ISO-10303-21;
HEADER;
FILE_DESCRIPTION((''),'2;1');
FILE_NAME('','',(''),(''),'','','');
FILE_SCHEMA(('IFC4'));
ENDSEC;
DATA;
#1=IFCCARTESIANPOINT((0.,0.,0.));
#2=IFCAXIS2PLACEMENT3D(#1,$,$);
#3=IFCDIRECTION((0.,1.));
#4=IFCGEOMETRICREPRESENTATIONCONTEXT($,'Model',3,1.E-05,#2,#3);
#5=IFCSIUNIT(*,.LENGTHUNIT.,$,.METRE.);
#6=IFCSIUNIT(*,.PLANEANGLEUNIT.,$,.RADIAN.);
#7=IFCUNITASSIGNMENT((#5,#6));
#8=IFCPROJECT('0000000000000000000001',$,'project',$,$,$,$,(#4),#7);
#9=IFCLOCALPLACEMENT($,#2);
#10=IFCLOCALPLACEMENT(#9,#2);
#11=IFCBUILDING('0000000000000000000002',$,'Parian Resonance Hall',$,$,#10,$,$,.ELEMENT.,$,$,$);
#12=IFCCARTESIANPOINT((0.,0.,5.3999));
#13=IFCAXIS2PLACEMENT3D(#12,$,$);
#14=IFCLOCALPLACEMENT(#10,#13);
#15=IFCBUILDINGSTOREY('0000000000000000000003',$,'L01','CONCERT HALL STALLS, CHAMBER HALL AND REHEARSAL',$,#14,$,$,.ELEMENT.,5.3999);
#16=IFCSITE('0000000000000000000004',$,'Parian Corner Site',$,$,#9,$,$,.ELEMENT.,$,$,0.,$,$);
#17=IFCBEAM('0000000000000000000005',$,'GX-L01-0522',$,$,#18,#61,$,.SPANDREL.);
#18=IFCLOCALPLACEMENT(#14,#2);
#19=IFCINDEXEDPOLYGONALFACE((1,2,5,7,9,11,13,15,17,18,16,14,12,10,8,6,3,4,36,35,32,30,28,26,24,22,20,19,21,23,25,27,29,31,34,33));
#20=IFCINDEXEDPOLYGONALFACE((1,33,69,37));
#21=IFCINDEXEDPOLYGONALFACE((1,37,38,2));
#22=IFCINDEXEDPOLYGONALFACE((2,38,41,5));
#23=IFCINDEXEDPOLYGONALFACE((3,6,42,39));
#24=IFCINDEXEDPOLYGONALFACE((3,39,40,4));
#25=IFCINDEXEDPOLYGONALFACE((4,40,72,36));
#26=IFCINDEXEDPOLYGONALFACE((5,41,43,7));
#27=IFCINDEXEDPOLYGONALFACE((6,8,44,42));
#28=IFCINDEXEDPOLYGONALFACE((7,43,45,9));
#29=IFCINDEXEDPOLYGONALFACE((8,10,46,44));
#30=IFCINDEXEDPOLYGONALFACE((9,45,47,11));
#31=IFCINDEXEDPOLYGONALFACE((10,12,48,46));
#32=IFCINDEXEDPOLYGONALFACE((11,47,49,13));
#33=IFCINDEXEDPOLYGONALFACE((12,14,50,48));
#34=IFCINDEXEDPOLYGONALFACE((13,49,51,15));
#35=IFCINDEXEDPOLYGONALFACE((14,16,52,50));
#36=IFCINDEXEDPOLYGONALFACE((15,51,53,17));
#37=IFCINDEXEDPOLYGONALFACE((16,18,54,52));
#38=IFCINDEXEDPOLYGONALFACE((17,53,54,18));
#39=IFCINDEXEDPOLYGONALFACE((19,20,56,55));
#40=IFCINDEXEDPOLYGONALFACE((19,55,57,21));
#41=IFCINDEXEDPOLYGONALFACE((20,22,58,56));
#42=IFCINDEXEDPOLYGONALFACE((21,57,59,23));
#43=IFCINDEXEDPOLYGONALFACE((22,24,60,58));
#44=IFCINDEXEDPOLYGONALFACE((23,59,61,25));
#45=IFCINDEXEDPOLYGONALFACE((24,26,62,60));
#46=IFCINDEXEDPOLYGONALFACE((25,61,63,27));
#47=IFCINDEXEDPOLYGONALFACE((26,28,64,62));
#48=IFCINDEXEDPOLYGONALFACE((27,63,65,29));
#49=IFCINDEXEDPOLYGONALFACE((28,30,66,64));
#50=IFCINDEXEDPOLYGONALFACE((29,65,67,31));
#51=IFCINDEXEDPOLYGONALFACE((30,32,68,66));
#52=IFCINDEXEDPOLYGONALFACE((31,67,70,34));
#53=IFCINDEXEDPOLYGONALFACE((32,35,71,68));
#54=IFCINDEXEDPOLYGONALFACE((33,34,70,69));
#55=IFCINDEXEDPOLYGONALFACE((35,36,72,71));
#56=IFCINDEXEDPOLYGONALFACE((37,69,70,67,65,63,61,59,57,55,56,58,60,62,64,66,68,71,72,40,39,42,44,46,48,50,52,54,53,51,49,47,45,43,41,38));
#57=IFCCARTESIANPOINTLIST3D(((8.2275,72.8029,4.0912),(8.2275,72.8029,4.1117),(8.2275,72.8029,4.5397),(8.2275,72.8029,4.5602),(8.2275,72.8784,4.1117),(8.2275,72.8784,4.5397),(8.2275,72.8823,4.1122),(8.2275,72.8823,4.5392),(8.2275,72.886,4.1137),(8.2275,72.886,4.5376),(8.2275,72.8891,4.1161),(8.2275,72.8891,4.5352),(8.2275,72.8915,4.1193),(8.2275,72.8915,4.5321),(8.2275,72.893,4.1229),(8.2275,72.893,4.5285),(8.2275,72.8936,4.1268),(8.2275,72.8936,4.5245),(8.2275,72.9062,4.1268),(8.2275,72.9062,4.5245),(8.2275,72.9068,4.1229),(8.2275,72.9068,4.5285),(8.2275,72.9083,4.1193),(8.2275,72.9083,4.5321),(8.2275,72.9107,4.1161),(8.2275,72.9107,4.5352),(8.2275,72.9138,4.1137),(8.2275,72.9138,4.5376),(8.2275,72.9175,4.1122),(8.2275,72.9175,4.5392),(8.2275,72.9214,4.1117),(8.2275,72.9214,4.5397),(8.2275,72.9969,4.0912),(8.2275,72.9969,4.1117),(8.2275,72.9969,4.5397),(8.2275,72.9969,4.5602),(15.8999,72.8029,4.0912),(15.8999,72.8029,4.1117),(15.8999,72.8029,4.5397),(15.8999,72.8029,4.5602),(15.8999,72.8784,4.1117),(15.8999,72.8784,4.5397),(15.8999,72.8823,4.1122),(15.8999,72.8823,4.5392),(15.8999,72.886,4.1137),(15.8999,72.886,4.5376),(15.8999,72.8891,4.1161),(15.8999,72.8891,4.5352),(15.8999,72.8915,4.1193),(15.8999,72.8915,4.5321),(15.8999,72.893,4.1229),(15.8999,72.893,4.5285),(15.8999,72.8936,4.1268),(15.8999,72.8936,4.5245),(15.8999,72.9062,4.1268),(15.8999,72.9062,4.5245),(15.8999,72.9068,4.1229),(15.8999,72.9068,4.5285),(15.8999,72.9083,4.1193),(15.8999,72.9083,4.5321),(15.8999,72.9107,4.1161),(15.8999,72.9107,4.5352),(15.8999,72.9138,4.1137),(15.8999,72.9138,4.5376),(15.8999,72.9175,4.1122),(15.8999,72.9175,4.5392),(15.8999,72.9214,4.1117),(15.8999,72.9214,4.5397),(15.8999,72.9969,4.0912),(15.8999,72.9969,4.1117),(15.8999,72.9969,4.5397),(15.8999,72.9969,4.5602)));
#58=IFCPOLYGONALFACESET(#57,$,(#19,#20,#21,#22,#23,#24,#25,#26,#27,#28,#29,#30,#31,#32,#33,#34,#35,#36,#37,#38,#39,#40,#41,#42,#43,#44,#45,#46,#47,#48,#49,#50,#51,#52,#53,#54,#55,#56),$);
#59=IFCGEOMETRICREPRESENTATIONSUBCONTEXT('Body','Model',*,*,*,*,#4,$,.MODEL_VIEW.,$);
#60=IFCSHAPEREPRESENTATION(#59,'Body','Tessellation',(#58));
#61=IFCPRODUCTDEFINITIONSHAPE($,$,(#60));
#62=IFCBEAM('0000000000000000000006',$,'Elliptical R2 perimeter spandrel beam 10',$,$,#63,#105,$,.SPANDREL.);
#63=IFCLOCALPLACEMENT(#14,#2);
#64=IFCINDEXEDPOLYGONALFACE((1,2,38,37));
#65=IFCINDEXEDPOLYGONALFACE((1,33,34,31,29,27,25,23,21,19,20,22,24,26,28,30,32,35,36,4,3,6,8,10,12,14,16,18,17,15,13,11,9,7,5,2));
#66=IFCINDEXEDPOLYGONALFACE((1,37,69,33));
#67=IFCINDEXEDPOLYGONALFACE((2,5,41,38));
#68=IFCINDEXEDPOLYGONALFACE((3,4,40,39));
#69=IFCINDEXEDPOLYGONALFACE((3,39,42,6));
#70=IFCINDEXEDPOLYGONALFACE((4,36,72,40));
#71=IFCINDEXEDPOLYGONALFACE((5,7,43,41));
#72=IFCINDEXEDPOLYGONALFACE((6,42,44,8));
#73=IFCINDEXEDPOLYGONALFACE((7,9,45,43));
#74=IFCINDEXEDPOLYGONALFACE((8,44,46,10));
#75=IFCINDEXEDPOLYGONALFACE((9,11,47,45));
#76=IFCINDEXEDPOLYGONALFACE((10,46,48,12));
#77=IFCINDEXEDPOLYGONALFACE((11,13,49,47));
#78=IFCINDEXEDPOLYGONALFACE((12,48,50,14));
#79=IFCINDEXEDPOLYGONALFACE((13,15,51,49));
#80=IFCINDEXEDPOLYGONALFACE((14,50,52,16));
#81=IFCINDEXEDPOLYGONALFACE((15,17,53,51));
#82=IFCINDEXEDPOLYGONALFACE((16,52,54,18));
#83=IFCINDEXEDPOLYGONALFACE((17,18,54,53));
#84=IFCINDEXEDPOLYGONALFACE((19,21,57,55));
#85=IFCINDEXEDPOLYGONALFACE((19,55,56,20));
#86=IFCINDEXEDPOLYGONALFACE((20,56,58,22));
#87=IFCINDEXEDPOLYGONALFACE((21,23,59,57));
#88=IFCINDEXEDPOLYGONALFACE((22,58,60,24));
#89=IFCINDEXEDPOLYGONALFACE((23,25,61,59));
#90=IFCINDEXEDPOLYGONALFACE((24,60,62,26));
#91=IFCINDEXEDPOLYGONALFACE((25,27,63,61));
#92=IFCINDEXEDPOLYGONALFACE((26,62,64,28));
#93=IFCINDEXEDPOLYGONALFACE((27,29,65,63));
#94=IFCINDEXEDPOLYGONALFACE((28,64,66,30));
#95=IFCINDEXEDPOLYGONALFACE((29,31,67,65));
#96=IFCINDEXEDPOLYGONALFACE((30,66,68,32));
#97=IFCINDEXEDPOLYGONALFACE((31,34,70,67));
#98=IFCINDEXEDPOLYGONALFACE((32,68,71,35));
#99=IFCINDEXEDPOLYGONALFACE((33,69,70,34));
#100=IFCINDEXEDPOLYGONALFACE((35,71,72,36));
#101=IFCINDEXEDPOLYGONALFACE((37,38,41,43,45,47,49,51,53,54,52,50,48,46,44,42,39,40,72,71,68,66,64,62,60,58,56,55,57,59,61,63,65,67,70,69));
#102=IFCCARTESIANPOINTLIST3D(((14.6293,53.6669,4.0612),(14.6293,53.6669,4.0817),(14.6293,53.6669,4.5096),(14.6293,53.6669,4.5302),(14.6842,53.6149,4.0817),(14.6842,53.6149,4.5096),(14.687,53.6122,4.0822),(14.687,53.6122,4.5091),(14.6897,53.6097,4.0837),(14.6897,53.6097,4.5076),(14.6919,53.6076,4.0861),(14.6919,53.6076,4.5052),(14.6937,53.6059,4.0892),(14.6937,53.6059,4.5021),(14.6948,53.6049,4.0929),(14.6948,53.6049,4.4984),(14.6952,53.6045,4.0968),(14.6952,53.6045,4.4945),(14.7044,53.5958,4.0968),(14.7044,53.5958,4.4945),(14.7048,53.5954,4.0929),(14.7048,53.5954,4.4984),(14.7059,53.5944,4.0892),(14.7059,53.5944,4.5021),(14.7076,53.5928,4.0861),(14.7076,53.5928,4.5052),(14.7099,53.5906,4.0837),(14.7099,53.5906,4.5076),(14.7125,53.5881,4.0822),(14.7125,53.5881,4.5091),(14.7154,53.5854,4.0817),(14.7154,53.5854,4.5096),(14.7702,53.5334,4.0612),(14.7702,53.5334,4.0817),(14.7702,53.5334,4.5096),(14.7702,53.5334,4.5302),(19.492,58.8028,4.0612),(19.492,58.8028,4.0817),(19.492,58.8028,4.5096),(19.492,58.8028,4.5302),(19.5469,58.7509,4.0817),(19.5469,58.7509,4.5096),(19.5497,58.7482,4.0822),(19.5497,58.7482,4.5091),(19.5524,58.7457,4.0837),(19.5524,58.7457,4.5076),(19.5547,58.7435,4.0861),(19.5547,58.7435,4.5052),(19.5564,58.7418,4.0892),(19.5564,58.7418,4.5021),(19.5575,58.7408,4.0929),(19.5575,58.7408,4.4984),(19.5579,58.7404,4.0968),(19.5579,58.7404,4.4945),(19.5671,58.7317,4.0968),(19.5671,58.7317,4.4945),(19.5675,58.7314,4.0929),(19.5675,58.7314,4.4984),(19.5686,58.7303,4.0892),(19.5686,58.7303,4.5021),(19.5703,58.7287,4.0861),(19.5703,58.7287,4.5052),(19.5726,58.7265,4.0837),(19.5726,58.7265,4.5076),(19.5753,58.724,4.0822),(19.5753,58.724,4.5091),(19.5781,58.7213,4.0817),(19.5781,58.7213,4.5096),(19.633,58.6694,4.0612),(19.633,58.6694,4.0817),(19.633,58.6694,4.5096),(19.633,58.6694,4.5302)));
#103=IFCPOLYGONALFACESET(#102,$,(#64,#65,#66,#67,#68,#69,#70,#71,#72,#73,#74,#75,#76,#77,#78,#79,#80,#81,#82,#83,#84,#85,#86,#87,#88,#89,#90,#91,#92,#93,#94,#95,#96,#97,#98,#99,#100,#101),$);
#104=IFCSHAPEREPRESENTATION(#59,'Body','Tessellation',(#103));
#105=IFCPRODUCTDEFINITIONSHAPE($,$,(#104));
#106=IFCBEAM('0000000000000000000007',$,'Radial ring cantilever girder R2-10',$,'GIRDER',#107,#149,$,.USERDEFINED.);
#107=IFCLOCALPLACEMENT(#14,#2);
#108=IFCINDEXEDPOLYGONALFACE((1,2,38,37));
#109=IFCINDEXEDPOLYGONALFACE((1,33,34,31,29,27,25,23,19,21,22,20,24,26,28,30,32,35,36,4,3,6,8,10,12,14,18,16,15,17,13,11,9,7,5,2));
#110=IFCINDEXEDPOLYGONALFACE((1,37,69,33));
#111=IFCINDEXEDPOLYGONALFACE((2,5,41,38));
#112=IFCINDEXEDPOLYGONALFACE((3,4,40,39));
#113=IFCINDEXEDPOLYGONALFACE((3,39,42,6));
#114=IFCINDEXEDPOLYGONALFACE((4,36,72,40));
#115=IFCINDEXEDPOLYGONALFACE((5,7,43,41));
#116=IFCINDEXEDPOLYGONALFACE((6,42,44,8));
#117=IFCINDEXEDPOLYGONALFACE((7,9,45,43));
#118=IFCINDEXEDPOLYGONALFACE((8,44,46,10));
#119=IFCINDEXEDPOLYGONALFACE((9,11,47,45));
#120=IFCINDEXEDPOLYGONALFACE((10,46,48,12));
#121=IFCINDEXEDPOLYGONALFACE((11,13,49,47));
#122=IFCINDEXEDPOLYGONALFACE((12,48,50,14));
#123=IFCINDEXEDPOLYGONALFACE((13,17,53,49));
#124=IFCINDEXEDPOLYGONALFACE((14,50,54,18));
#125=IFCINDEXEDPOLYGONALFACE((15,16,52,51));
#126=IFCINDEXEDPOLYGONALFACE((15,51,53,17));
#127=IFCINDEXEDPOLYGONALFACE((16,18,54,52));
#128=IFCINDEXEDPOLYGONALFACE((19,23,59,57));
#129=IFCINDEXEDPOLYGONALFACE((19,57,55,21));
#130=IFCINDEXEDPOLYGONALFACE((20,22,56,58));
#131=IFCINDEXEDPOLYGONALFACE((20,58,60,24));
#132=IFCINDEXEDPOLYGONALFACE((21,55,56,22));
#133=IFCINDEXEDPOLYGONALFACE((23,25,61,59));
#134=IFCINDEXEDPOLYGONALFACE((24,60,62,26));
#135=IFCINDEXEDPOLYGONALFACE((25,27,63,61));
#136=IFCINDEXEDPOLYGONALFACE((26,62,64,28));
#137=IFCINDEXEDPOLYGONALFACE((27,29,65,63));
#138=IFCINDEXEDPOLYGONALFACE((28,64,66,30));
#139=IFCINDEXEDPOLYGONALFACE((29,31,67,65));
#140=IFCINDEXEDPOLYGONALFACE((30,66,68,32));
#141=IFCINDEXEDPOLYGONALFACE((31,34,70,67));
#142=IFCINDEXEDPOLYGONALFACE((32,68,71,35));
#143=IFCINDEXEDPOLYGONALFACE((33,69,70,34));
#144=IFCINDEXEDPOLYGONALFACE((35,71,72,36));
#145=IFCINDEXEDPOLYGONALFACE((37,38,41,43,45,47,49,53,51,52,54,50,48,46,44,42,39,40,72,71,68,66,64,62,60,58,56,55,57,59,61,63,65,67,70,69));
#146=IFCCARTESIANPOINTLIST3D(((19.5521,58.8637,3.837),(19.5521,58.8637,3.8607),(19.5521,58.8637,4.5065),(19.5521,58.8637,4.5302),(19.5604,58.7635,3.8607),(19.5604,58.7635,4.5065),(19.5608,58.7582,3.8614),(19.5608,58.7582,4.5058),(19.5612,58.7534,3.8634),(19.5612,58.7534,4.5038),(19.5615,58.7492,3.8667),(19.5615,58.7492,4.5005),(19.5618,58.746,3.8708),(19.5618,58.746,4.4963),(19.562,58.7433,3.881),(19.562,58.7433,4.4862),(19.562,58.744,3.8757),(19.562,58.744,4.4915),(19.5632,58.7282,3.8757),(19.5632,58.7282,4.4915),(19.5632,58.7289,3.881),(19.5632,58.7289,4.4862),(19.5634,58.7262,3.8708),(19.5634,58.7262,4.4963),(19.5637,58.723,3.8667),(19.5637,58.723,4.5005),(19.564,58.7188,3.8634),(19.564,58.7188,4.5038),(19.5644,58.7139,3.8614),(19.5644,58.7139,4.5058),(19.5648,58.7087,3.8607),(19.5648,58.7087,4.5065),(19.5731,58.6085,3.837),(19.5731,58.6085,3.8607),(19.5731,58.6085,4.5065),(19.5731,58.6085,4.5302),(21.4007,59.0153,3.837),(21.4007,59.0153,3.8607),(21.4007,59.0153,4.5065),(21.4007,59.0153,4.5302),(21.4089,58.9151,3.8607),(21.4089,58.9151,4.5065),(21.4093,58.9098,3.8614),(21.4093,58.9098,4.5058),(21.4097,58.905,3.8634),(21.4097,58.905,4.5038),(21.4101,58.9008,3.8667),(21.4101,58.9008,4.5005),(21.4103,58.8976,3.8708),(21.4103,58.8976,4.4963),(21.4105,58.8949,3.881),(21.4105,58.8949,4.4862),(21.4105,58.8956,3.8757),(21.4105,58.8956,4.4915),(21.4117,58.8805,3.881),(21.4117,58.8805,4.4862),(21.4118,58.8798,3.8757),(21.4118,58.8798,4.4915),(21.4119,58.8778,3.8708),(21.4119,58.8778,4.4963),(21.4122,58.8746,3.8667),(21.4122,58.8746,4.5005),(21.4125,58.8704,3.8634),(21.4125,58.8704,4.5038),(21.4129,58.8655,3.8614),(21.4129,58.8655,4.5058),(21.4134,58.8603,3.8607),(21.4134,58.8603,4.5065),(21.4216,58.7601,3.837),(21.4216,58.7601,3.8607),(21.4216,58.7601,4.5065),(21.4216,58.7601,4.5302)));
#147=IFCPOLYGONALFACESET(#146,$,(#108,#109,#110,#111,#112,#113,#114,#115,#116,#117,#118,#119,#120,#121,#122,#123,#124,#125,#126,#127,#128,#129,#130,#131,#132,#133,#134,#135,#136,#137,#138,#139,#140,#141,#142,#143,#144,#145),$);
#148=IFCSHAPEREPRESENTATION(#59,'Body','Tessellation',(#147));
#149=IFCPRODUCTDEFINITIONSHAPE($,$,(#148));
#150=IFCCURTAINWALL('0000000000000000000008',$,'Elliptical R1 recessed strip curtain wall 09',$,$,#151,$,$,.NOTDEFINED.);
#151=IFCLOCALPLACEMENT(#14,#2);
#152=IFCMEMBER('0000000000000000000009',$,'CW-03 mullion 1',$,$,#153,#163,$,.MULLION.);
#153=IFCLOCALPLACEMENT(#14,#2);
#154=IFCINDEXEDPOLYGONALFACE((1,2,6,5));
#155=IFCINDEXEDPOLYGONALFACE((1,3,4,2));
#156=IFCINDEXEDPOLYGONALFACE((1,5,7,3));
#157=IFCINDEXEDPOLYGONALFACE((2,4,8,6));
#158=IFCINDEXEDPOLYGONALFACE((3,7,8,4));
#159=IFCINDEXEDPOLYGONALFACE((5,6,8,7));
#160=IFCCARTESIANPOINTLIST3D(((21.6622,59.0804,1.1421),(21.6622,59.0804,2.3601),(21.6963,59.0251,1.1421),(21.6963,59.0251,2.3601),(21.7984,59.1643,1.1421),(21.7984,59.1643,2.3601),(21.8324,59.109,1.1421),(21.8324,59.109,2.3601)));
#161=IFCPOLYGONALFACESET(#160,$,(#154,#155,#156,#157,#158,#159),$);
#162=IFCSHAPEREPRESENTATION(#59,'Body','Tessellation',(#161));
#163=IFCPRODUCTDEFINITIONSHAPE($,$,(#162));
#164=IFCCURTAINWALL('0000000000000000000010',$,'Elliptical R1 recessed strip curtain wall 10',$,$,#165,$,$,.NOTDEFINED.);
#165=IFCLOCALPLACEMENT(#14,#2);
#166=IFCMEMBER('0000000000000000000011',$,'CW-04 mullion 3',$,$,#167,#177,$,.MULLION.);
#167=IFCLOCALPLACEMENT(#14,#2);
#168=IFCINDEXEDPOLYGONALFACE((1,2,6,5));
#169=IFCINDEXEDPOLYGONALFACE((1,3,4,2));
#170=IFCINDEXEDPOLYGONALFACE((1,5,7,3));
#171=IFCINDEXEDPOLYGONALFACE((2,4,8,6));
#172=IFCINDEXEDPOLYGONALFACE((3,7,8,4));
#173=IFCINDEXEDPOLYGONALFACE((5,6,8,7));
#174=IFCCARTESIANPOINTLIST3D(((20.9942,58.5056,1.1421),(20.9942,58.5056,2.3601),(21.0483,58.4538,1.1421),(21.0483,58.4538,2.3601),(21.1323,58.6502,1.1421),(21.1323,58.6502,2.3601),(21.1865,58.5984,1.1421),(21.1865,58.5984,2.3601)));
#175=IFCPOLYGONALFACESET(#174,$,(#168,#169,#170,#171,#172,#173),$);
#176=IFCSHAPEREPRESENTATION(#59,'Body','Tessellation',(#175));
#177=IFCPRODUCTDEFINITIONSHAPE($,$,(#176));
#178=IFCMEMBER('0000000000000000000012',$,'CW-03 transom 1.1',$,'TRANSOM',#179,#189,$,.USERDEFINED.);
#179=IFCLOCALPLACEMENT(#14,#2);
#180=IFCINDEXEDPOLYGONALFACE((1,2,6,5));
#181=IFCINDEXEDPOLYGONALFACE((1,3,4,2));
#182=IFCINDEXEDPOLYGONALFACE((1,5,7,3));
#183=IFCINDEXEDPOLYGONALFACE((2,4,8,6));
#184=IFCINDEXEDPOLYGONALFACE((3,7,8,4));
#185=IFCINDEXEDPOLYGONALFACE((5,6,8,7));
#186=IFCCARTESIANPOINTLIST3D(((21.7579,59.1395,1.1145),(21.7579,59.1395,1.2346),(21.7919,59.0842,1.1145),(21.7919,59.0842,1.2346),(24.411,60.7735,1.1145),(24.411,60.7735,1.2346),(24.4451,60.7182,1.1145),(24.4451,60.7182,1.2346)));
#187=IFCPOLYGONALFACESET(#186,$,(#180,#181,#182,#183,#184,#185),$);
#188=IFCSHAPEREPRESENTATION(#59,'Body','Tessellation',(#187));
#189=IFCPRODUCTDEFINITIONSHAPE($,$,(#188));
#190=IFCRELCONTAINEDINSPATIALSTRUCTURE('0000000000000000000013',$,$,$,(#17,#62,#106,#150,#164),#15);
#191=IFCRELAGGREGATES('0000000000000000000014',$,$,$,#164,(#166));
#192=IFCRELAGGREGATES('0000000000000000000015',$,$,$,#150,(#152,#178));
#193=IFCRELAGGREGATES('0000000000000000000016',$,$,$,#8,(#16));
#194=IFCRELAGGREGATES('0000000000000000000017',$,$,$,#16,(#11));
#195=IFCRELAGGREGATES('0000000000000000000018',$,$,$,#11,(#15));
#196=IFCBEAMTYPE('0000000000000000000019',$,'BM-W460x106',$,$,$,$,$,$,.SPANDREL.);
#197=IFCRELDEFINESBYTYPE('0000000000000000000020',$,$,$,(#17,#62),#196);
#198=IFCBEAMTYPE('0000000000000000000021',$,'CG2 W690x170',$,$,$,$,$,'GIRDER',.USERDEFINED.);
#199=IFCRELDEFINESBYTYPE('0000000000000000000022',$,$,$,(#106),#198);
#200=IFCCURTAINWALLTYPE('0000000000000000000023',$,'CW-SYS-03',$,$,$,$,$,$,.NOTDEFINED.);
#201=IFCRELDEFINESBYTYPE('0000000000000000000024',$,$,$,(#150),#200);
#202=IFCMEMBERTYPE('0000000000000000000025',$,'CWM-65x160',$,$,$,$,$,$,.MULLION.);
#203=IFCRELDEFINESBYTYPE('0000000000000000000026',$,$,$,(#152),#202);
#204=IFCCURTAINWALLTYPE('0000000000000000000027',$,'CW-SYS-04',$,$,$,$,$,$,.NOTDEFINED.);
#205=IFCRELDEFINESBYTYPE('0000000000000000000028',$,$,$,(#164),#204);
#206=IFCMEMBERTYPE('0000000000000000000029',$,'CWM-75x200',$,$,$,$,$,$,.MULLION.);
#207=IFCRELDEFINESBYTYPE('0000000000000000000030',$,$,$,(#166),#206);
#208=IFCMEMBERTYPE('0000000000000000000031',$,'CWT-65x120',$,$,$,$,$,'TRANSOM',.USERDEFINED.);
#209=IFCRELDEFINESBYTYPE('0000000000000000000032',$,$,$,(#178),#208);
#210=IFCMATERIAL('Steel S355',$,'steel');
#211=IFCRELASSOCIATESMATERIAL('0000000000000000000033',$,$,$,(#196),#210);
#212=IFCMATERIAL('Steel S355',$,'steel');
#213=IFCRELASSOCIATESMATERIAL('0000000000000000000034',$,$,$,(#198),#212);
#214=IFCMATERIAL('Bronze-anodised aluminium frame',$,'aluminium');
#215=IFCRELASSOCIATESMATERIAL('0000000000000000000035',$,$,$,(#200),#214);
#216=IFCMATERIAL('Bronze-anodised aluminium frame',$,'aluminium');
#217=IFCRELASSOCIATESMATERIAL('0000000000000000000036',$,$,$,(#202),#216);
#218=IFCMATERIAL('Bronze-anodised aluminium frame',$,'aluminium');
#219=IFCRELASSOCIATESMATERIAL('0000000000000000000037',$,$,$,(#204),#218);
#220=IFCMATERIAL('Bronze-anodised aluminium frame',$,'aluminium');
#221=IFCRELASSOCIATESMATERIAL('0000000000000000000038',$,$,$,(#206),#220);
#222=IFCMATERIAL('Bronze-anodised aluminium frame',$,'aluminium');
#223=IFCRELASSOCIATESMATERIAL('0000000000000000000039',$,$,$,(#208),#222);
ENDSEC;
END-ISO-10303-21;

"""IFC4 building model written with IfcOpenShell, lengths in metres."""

from ifc_helpers import new_model, si_unit, direction, frame, origin, origin_2d, place, context, subcontext, project, spatial, rectangle, i_section, extrude, material, material_profile, profile_set, type_object, element, aggregate, save


model = new_model("IFC4")

# Units and contexts
model_context = context("Model", 3, precision=1e-05, world=origin(), true_north=direction((0.0, 1.0)))
body_context = subcontext(model_context, "Body", "Model", "MODEL_VIEW")
ifc_project = project(units=[si_unit("LENGTHUNIT", "METRE"), si_unit("PLANEANGLEUNIT", "RADIAN")], contexts=[model_context])

# Site, building, storey
site_placement = place(None, origin())
site = spatial("IfcSite", under=ifc_project, at=site_placement, Name="Parian Corner Site", CompositionType="ELEMENT", RefElevation=0.0)
building_placement = place(site_placement, origin())
building = spatial("IfcBuilding", under=site, at=building_placement, Name="Parian Resonance Hall", CompositionType="ELEMENT")
storey_placement = place(building_placement, frame((0.0, 0.0, 5.3999)))
storey = spatial("IfcBuildingStorey", under=building, at=storey_placement, Name="L01", Description="CONCERT HALL STALLS, CHAMBER HALL AND REHEARSAL", CompositionType="ELEMENT", Elevation=5.3999)

# Beams
ifc_material_1 = material(Name="Steel S355", Category="steel")
ifc_material_profile_1 = material_profile(ifc_material_1, i_section(OverallWidth=0.1941, OverallDepth=0.469, WebThickness=0.0127, FlangeThickness=0.0205, FilletRadius=0.0151, at=origin_2d()), Name="W460x106")
ifc_profile_set_1 = profile_set([ifc_material_profile_1], Name="Steel S355")
beam_type_1 = type_object("IfcBeamType", Name="BM-W460x106", PredefinedType="SPANDREL", material=ifc_profile_set_1)
beam_1_placement = place(storey_placement, frame((8.2275, 72.8999, 4.3257), z_axis=(1.0, 0.0, 0.0), x_axis=(0.0, 1.0, 0.0)))
element("IfcBeam", 1, at=beam_1_placement, inside=storey, type_object=beam_type_1, Name="GX-L01-0522", PredefinedType="SPANDREL", context=body_context, shape_type="SweptSolid", body=[
    extrude(i_section(OverallWidth=0.1941, OverallDepth=0.469, WebThickness=0.0127, FlangeThickness=0.0205, FilletRadius=0.0151, at=origin_2d()), origin(), (0.0, 0.0, 1.0), 7.6724),
])
beam_2_placement = place(storey_placement, frame((19.5625, 58.7361, 4.2957), z_axis=(-0.68753, -0.726156, 0.0), x_axis=(0.726156, -0.68753, 0.0)))
element("IfcBeam", 2, at=beam_2_placement, inside=storey, type_object=beam_type_1, Name="Elliptical R2 perimeter spandrel beam 10", PredefinedType="SPANDREL", context=body_context, shape_type="SweptSolid", body=[
    extrude(i_section(OverallWidth=0.1941, OverallDepth=0.469, WebThickness=0.0127, FlangeThickness=0.0205, FilletRadius=0.0151, at=origin_2d()), origin(), (0.0, 0.0, 1.0), 7.0728),
])
ifc_material_2 = material(Name="Steel S355", Category="steel")
ifc_material_profile_2 = material_profile(ifc_material_2, i_section(OverallWidth=0.2561, OverallDepth=0.6931, WebThickness=0.0144, FlangeThickness=0.0237, FilletRadius=0.0203, at=origin_2d()), Name="W690x170")
ifc_profile_set_2 = profile_set([ifc_material_profile_2], Name="Steel S355")
beam_type_2 = type_object("IfcBeamType", Name="CG2 W690x170", ElementType="GIRDER", PredefinedType="USERDEFINED", material=ifc_profile_set_2)
beam_3_placement = place(storey_placement, frame((21.4111, 58.8877, 4.1836), z_axis=(-0.996654, -0.081738, 0.0), x_axis=(0.081738, -0.996654, 0.0)))
element("IfcBeam", 3, at=beam_3_placement, inside=storey, type_object=beam_type_2, Name="Radial ring cantilever girder R2-10", ObjectType="GIRDER", PredefinedType="USERDEFINED", context=body_context, shape_type="SweptSolid", body=[
    extrude(i_section(OverallWidth=0.2561, OverallDepth=0.6931, WebThickness=0.0144, FlangeThickness=0.0237, FilletRadius=0.0203, at=origin_2d()), origin(), (0.0, 0.0, 1.0), 1.8547),
])

# Curtain walls, members
ifc_material_3 = material(Name="Bronze-anodised aluminium frame", Category="aluminium")
curtain_wall_type_1 = type_object("IfcCurtainWallType", Name="CW-SYS-03", PredefinedType="NOTDEFINED", material=ifc_material_3)
curtain_wall_1_placement = place(storey_placement, origin())
curtain_wall_1 = element("IfcCurtainWall", 4, at=curtain_wall_1_placement, inside=storey, type_object=curtain_wall_type_1, Name="Elliptical R1 recessed strip curtain wall 09", PredefinedType="NOTDEFINED")
ifc_material_4 = material(Name="Bronze-anodised aluminium frame", Category="aluminium")
ifc_material_profile_3 = material_profile(ifc_material_4, rectangle(XDim=0.0649, YDim=0.1599, at=origin_2d()), Name="CWM-65x160")
ifc_profile_set_3 = profile_set([ifc_material_profile_3], Name="Bronze-anodised aluminium frame")
member_type_1 = type_object("IfcMemberType", Name="CWM-65x160", PredefinedType="MULLION", material=ifc_profile_set_3)
member_1_placement = place(storey_placement, frame((21.7473, 59.0947, 1.1421), z_axis=(0.0, 0.0, 1.0), x_axis=(-0.524456, 0.851438, 0.0)))
member_1 = element("IfcMember", 5, at=member_1_placement, type_object=member_type_1, Name="CW-03 mullion 1", PredefinedType="MULLION", context=body_context, shape_type="SweptSolid", body=[
    extrude(rectangle(XDim=0.0649, YDim=0.1599, at=origin_2d()), origin(), (0.0, 0.0, 1.0), 1.218),
])
ifc_material_5 = material(Name="Bronze-anodised aluminium frame", Category="aluminium")
curtain_wall_type_2 = type_object("IfcCurtainWallType", Name="CW-SYS-04", PredefinedType="NOTDEFINED", material=ifc_material_5)
curtain_wall_2_placement = place(storey_placement, origin())
curtain_wall_2 = element("IfcCurtainWall", 6, at=curtain_wall_2_placement, inside=storey, type_object=curtain_wall_type_2, Name="Elliptical R1 recessed strip curtain wall 10", PredefinedType="NOTDEFINED")
ifc_material_6 = material(Name="Bronze-anodised aluminium frame", Category="aluminium")
ifc_material_profile_4 = material_profile(ifc_material_6, rectangle(XDim=0.075, YDim=0.2, at=origin_2d()), Name="CWM-75x200")
ifc_profile_set_4 = profile_set([ifc_material_profile_4], Name="Bronze-anodised aluminium frame")
member_type_2 = type_object("IfcMemberType", Name="CWM-75x200", PredefinedType="MULLION", material=ifc_profile_set_4)
member_2_placement = place(storey_placement, frame((21.0903, 58.552, 1.1421), z_axis=(0.0, 0.0, 1.0), x_axis=(-0.722863, 0.690991, 0.0)))
member_2 = element("IfcMember", 7, at=member_2_placement, type_object=member_type_2, Name="CW-04 mullion 3", PredefinedType="MULLION", context=body_context, shape_type="SweptSolid", body=[
    extrude(rectangle(XDim=0.075, YDim=0.2, at=origin_2d()), origin(), (0.0, 0.0, 1.0), 1.218),
])
aggregate(curtain_wall_2, [member_2])

# Member
ifc_material_7 = material(Name="Bronze-anodised aluminium frame", Category="aluminium")
ifc_material_profile_5 = material_profile(ifc_material_7, rectangle(XDim=0.0649, YDim=0.1201, at=origin_2d()), Name="CWT-65x120")
ifc_profile_set_5 = profile_set([ifc_material_profile_5], Name="Bronze-anodised aluminium frame")
member_type_3 = type_object("IfcMemberType", Name="CWT-65x120", ElementType="TRANSOM", PredefinedType="USERDEFINED", material=ifc_profile_set_5)
member_3_placement = place(storey_placement, frame((21.7749, 59.1118, 1.1746), z_axis=(0.851462, 0.524417, 0.0), x_axis=(-0.524417, 0.851462, 0.0)))
member_3 = element("IfcMember", 8, at=member_3_placement, type_object=member_type_3, Name="CW-03 transom 1.1", ObjectType="TRANSOM", PredefinedType="USERDEFINED", context=body_context, shape_type="SweptSolid", body=[
    extrude(rectangle(XDim=0.0649, YDim=0.1201, at=origin_2d()), origin(), (0.0, 0.0, 1.0), 3.116),
])
aggregate(curtain_wall_1, [member_1, member_3])

save(model, "model.ifc")
